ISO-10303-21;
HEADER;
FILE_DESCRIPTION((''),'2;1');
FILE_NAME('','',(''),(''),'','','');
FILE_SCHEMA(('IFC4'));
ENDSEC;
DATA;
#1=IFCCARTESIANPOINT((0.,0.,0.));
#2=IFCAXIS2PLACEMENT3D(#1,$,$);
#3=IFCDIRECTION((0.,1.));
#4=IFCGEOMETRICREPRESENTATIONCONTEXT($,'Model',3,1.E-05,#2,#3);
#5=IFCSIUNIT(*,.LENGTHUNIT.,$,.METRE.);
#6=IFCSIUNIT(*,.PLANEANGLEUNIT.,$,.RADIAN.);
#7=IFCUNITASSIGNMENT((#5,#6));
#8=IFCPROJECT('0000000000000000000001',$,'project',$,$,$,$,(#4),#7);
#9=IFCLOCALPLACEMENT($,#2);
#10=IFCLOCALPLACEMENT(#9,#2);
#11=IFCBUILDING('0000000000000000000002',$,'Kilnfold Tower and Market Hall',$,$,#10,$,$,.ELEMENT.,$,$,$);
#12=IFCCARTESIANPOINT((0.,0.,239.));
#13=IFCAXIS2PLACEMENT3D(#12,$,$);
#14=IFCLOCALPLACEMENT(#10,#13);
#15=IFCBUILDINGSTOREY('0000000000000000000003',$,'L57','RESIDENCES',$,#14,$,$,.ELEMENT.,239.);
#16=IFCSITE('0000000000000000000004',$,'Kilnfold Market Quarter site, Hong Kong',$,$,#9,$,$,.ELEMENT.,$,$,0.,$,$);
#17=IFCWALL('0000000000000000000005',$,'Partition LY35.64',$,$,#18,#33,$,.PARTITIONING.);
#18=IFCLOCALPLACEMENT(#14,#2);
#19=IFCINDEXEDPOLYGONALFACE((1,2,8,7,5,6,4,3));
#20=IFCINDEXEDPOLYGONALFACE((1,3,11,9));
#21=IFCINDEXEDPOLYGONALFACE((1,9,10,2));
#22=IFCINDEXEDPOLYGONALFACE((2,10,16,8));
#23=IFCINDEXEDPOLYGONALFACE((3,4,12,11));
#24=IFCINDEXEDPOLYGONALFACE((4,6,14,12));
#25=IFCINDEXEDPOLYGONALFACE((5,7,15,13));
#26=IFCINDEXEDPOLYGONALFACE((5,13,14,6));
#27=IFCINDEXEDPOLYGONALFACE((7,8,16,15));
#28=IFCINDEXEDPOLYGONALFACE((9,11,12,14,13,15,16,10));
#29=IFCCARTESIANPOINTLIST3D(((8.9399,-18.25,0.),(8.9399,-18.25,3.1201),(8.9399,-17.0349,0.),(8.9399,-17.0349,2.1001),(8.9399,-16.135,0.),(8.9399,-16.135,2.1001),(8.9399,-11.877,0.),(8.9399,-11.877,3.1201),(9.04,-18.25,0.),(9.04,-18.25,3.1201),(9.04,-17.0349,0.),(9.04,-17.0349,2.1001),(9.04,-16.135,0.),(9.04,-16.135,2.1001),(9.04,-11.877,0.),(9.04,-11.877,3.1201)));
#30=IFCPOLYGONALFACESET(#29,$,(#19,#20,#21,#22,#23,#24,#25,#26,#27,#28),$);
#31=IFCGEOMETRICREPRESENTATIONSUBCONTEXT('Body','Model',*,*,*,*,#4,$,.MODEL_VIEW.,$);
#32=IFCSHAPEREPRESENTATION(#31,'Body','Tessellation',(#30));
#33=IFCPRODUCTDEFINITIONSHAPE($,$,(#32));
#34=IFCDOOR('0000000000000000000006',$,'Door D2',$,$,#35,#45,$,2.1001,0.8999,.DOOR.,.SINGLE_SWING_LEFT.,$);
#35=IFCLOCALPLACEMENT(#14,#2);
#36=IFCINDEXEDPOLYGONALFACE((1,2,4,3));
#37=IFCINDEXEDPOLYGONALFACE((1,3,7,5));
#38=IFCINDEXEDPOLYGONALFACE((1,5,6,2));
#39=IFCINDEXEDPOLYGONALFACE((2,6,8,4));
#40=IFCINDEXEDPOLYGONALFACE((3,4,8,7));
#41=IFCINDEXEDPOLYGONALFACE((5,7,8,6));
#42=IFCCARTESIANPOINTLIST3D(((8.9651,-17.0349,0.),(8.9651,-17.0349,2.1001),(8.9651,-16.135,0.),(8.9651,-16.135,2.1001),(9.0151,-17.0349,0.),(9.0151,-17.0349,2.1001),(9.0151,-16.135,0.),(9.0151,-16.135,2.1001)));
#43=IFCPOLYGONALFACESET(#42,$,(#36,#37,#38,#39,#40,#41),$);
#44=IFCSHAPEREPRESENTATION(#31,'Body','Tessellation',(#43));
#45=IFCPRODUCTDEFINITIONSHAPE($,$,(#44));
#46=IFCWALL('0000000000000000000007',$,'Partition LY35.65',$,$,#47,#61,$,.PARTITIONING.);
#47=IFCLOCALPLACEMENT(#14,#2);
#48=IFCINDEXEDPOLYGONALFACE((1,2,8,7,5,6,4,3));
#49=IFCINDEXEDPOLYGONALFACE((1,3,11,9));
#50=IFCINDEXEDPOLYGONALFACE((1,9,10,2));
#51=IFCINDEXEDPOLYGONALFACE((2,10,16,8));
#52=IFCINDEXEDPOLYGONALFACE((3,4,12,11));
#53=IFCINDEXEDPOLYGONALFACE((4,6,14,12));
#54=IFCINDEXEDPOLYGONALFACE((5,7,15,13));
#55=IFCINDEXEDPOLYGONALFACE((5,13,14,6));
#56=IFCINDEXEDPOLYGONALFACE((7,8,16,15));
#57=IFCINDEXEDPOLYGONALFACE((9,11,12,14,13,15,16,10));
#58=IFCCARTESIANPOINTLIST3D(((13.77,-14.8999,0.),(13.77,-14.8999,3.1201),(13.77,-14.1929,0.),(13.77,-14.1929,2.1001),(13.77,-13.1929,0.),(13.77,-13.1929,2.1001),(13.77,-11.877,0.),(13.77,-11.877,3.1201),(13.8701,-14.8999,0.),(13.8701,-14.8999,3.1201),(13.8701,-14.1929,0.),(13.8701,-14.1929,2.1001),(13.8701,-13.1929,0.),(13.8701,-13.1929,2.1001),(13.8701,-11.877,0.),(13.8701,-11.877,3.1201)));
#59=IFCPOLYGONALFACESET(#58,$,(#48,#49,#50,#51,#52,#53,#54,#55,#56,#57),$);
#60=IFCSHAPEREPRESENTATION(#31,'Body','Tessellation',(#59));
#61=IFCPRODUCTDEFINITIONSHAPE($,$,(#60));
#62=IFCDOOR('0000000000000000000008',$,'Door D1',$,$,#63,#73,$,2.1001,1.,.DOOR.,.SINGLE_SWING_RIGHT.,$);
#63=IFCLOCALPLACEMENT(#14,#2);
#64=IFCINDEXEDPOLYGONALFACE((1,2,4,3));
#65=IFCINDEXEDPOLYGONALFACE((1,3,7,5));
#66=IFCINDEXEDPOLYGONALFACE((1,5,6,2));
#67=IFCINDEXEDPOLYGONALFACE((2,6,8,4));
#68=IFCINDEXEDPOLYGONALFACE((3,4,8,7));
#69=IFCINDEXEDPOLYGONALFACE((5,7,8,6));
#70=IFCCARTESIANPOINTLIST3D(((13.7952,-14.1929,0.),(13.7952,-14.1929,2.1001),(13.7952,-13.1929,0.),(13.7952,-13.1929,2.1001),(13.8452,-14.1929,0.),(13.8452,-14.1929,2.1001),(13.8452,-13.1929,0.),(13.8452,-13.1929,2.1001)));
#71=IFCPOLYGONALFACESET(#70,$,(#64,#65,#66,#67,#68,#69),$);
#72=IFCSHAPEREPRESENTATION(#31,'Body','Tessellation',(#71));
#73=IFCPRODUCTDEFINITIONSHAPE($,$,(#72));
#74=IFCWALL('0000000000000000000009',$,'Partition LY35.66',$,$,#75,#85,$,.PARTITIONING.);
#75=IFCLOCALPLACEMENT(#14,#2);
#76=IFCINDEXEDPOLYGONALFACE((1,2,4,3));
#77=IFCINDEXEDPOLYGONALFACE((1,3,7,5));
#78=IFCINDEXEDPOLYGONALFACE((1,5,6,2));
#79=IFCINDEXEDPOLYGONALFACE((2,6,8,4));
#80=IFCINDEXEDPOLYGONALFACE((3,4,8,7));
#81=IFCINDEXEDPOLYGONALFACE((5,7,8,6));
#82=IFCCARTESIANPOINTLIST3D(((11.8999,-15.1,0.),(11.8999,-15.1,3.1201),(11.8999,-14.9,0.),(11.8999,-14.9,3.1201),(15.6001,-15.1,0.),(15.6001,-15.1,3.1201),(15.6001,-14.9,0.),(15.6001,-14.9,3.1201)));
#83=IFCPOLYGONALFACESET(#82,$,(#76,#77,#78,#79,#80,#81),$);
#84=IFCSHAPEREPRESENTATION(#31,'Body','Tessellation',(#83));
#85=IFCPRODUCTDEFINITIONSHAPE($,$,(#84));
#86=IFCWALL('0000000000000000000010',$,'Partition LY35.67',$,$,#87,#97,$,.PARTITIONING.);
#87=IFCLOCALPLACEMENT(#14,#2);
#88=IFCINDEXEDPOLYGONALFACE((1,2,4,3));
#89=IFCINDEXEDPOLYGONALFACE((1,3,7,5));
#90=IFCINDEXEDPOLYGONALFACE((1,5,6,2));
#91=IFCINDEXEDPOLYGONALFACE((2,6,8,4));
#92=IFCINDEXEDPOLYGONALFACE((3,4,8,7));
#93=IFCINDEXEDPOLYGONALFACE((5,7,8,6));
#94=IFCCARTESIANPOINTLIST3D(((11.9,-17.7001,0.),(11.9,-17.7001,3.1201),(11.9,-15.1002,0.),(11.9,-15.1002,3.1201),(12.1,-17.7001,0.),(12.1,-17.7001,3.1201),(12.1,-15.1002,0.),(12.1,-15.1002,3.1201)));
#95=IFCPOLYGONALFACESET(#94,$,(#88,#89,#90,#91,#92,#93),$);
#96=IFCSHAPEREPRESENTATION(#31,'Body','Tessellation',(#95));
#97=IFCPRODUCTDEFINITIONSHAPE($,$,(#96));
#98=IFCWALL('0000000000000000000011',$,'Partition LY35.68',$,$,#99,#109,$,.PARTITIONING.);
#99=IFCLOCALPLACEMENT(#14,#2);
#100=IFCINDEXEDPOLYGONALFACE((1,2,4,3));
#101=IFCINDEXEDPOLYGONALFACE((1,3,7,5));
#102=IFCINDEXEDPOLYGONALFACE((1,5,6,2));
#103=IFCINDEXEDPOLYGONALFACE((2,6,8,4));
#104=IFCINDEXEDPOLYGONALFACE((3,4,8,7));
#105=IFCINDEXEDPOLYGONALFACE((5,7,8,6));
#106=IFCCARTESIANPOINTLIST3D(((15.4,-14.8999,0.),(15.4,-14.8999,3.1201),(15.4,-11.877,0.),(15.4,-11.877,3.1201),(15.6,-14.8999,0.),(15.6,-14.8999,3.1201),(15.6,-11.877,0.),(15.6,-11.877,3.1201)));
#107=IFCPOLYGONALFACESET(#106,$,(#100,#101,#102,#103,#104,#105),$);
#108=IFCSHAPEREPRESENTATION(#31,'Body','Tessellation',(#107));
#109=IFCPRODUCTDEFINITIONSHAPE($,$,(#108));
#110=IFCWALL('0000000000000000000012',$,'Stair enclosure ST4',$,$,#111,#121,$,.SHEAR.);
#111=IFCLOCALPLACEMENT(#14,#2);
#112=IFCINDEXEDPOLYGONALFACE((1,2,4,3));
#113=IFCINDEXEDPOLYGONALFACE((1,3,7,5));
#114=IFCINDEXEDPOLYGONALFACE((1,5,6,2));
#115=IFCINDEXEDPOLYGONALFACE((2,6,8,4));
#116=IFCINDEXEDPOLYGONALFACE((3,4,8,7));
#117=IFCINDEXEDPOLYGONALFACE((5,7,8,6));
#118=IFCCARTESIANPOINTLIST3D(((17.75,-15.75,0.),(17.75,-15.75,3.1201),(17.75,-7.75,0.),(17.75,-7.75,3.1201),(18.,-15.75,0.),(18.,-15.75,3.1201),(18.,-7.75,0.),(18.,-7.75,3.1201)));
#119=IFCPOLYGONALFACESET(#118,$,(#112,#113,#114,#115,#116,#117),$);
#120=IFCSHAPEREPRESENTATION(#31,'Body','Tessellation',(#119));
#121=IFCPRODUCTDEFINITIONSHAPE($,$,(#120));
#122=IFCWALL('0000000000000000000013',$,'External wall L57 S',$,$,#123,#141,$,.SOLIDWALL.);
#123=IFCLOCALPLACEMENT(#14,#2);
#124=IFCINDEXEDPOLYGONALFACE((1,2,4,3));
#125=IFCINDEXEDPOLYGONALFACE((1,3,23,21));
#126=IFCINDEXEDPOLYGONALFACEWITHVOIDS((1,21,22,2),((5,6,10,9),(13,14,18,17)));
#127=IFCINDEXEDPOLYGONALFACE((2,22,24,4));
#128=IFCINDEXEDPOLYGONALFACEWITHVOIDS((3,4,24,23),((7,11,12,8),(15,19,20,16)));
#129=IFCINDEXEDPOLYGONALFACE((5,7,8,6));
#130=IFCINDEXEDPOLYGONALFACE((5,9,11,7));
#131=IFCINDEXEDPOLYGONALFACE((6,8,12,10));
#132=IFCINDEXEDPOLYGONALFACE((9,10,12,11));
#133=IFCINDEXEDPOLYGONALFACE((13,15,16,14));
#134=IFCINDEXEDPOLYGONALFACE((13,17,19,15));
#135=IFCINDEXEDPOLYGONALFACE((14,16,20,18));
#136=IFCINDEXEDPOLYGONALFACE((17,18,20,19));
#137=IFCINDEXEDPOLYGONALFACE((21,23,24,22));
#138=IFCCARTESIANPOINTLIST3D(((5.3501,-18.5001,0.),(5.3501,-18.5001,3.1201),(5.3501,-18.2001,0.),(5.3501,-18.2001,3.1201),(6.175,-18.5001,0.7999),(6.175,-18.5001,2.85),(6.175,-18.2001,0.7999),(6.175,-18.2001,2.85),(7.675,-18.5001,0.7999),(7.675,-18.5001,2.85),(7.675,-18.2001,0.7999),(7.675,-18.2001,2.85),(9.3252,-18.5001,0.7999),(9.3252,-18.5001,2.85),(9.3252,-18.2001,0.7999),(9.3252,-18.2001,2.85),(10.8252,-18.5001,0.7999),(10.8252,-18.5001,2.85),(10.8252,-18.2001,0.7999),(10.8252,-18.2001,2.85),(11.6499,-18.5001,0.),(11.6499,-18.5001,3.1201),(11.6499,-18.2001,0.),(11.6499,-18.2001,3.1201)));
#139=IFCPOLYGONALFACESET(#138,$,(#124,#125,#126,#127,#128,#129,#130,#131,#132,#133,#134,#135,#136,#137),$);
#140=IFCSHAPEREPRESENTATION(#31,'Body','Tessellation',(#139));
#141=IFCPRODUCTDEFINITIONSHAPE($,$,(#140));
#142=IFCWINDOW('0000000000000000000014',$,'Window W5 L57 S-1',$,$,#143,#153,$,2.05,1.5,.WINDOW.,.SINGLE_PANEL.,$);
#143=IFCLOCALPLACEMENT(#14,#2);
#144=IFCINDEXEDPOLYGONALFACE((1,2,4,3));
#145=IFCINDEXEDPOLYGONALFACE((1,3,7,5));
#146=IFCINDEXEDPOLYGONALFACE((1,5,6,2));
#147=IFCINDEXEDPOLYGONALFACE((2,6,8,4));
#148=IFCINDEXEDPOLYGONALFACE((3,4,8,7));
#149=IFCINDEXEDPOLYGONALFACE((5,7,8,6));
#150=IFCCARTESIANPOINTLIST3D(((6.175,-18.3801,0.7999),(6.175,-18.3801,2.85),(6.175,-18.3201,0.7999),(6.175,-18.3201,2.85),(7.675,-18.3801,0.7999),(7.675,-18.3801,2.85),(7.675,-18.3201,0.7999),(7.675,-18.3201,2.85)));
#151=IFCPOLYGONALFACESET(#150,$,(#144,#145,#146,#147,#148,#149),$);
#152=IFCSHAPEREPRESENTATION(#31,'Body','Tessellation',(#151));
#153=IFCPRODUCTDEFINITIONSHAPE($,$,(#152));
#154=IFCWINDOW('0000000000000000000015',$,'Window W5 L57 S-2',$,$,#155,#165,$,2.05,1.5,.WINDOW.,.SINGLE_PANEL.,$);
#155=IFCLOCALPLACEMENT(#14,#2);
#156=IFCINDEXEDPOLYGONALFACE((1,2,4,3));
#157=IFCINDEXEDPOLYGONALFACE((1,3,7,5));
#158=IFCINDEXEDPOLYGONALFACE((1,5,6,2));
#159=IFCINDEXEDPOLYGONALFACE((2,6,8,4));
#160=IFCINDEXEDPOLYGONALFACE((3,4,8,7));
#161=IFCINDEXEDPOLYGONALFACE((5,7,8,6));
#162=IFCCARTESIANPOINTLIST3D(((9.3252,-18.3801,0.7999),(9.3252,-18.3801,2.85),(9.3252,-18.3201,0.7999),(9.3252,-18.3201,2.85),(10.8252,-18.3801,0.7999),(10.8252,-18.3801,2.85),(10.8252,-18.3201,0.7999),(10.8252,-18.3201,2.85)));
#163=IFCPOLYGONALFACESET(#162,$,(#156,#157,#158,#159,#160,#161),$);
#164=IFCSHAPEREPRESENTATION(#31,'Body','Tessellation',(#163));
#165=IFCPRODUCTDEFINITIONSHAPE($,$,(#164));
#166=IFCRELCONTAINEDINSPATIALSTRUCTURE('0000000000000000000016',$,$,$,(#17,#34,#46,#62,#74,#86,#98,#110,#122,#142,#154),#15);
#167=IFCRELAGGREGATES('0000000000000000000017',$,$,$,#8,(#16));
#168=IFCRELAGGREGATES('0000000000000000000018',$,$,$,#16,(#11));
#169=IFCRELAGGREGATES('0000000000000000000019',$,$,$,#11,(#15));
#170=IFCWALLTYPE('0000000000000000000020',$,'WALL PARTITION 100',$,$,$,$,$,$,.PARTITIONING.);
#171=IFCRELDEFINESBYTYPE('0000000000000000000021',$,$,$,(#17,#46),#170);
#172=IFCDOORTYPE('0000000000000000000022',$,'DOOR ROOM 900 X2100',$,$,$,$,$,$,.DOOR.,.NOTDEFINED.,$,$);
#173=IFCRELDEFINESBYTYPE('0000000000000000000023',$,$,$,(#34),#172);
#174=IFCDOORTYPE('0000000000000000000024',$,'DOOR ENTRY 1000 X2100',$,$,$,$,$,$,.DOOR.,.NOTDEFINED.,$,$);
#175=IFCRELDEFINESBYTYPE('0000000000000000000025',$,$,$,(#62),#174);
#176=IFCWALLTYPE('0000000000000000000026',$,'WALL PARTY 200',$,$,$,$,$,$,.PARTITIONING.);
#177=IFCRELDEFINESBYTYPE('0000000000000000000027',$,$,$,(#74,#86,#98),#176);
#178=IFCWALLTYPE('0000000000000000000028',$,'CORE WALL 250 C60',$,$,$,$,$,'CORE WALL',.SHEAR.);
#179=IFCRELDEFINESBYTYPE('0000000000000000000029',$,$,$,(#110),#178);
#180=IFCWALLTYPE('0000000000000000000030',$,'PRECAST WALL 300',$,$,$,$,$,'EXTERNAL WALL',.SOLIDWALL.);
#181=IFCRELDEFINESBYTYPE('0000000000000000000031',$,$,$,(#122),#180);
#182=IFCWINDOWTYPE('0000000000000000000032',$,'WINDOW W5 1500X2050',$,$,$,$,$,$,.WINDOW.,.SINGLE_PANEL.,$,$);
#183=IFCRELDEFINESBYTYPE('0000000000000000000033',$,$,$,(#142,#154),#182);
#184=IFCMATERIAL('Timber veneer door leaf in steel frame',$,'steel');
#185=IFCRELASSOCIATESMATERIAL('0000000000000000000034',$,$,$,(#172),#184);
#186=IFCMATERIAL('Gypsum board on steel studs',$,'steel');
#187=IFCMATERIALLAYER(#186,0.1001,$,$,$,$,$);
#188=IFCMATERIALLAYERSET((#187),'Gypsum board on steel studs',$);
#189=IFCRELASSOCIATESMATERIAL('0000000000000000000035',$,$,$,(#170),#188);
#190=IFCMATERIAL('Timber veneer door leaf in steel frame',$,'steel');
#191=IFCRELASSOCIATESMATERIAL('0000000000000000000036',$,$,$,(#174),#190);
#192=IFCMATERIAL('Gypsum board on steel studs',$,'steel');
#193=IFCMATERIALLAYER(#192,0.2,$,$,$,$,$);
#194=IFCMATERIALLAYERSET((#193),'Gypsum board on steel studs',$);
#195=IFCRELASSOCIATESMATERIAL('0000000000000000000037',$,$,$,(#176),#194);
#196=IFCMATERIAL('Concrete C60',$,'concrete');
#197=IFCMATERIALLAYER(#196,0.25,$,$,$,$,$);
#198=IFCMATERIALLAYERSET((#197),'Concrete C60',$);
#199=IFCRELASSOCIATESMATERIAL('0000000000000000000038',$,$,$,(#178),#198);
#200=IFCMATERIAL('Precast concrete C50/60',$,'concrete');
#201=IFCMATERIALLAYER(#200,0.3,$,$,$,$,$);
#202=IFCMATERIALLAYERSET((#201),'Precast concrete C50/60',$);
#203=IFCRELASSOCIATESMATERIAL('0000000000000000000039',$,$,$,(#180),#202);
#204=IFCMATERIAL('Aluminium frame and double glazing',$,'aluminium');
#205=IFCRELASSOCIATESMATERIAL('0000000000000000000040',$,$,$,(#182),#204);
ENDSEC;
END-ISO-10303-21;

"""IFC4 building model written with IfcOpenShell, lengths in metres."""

from ifc_helpers import new_model, si_unit, direction, frame, frame_2d, origin, place, context, subcontext, project, spatial, rectangle, extrude, source, transform, mapped, material, layer, layer_set, type_object, element, fill, save


model = new_model("IFC4")

# Units and contexts
model_context = context("Model", 3, precision=1e-05, world=origin(), true_north=direction((0.0, 1.0)))
body_context = subcontext(model_context, "Body", "Model", "MODEL_VIEW")
ifc_project = project(units=[si_unit("LENGTHUNIT", "METRE"), si_unit("PLANEANGLEUNIT", "RADIAN")], contexts=[model_context])

# Site, building, storey
site_placement = place(None, origin())
site = spatial("IfcSite", under=ifc_project, at=site_placement, Name="Kilnfold Market Quarter site, Hong Kong", CompositionType="ELEMENT", RefElevation=0.0)
building_placement = place(site_placement, origin())
building = spatial("IfcBuilding", under=site, at=building_placement, Name="Kilnfold Tower and Market Hall", CompositionType="ELEMENT")
storey_placement = place(building_placement, frame((0.0, 0.0, 239.0)))
storey = spatial("IfcBuildingStorey", under=building, at=storey_placement, Name="L57", Description="RESIDENCES", CompositionType="ELEMENT", Elevation=239.0)

# Shared definitions
ifc_material_1 = material(Name="Timber veneer door leaf in steel frame", Category="steel")
door_type_1 = type_object("IfcDoorType", Name="DOOR ROOM 900 X2100", OperationType="NOTDEFINED", PredefinedType="DOOR", material=ifc_material_1)

# Walls, openings, doors
ifc_material_2 = material(Name="Gypsum board on steel studs", Category="steel")
ifc_layer_1 = layer(ifc_material_2, 0.1001)
ifc_layer_set_1 = layer_set([ifc_layer_1], Name="Gypsum board on steel studs")
wall_type_1 = type_object("IfcWallType", Name="WALL PARTITION 100", PredefinedType="PARTITIONING", material=ifc_layer_set_1)
ifc_material_3 = material(Name="Timber veneer door leaf in steel frame", Category="steel")
door_type_2 = type_object("IfcDoorType", Name="DOOR ENTRY 1000 X2100", OperationType="NOTDEFINED", PredefinedType="DOOR", material=ifc_material_3)
wall_1_placement = place(storey_placement, frame((8.99, -18.25, 0.0), z_axis=(0.0, 0.0, 1.0), x_axis=(0.0, 1.0, 0.0)))
wall_1 = element("IfcWall", 1, at=wall_1_placement, inside=storey, type_object=wall_type_1, Name="Partition LY35.64", PredefinedType="PARTITIONING", context=body_context, shape_type="SweptSolid", body=[
    extrude(rectangle(XDim=6.373, YDim=0.1001, at=frame_2d((3.1865, 0.0))), origin(), (0.0, 0.0, 1.0), 3.1201),
])
opening_1_placement = place(wall_1_placement, frame((1.2151, 0.0, 0.0)))
opening_1 = element("IfcOpeningElement", 2, at=opening_1_placement, cuts=wall_1, PredefinedType="OPENING", context=body_context, shape_type="SweptSolid", body=[
    extrude(rectangle(XDim=0.8999, YDim=2.1001, at=frame_2d((0.45, 1.05))), frame((0.0, 0.0601, 0.0), z_axis=(0.0, -1.0, 0.0), x_axis=(1.0, 0.0, 0.0)), (0.0, 0.0, 1.0), 0.1201),
])
door_1_placement = place(opening_1_placement, origin())
door_1 = element("IfcDoor", 3, at=door_1_placement, inside=storey, type_object=door_type_1, Name="Door D2", OperationType="SINGLE_SWING_LEFT", OverallHeight=2.1001, OverallWidth=0.8999, PredefinedType="DOOR", context=body_context, shape_type="SweptSolid", body=[
    extrude(rectangle(XDim=0.8999, YDim=2.1001, at=frame_2d((0.45, 1.05))), frame((0.0, 0.0249, 0.0), z_axis=(0.0, -1.0, 0.0), x_axis=(1.0, 0.0, 0.0)), (0.0, 0.0, 1.0), 0.05),
])
fill(opening_1, door_1)
wall_2_placement = place(storey_placement, frame((13.8201, -14.8999, 0.0), z_axis=(0.0, 0.0, 1.0), x_axis=(0.0, 1.0, 0.0)))
wall_2 = element("IfcWall", 4, at=wall_2_placement, inside=storey, type_object=wall_type_1, Name="Partition LY35.65", PredefinedType="PARTITIONING", context=body_context, shape_type="SweptSolid", body=[
    extrude(rectangle(XDim=3.0229, YDim=0.1001, at=frame_2d((1.5115, 0.0))), origin(), (0.0, 0.0, 1.0), 3.1201),
])
opening_2_placement = place(wall_2_placement, frame((0.707, 0.0, 0.0)))
opening_2 = element("IfcOpeningElement", 5, at=opening_2_placement, cuts=wall_2, PredefinedType="OPENING", context=body_context, shape_type="SweptSolid", body=[
    extrude(rectangle(XDim=1.0, YDim=2.1001, at=frame_2d((0.5, 1.05))), frame((0.0, 0.0601, 0.0), z_axis=(0.0, -1.0, 0.0), x_axis=(1.0, 0.0, 0.0)), (0.0, 0.0, 1.0), 0.1201),
])
door_2_placement = place(opening_2_placement, origin())
door_2 = element("IfcDoor", 6, at=door_2_placement, inside=storey, type_object=door_type_2, Name="Door D1", OperationType="SINGLE_SWING_RIGHT", OverallHeight=2.1001, OverallWidth=1.0, PredefinedType="DOOR", context=body_context, shape_type="SweptSolid", body=[
    extrude(rectangle(XDim=1.0, YDim=2.1001, at=frame_2d((0.5, 1.05))), frame((0.0, 0.0249, 0.0), z_axis=(0.0, -1.0, 0.0), x_axis=(1.0, 0.0, 0.0)), (0.0, 0.0, 1.0), 0.05),
])
fill(opening_2, door_2)

# Walls
ifc_material_4 = material(Name="Gypsum board on steel studs", Category="steel")
ifc_layer_2 = layer(ifc_material_4, 0.2)
ifc_layer_set_2 = layer_set([ifc_layer_2], Name="Gypsum board on steel studs")
wall_type_2 = type_object("IfcWallType", Name="WALL PARTY 200", PredefinedType="PARTITIONING", material=ifc_layer_set_2)
wall_3_placement = place(storey_placement, frame((11.8999, -15.0, 0.0), z_axis=(0.0, 0.0, 1.0), x_axis=(1.0, 0.0, 0.0)))
element("IfcWall", 7, at=wall_3_placement, inside=storey, type_object=wall_type_2, Name="Partition LY35.66", PredefinedType="PARTITIONING", context=body_context, shape_type="SweptSolid", body=[
    extrude(rectangle(XDim=3.7002, YDim=0.2, at=frame_2d((1.8501, 0.0))), origin(), (0.0, 0.0, 1.0), 3.1201),
])
wall_4_placement = place(storey_placement, frame((12.0, -17.7, 0.0), z_axis=(0.0, 0.0, 1.0), x_axis=(0.0, 1.0, 0.0)))
element("IfcWall", 8, at=wall_4_placement, inside=storey, type_object=wall_type_2, Name="Partition LY35.67", PredefinedType="PARTITIONING", context=body_context, shape_type="SweptSolid", body=[
    extrude(rectangle(XDim=2.5999, YDim=0.2, at=frame_2d((1.2998, 0.0))), origin(), (0.0, 0.0, 1.0), 3.1201),
])
wall_5_placement = place(storey_placement, frame((15.5, -14.8999, 0.0), z_axis=(0.0, 0.0, 1.0), x_axis=(0.0, 1.0, 0.0)))
element("IfcWall", 9, at=wall_5_placement, inside=storey, type_object=wall_type_2, Name="Partition LY35.68", PredefinedType="PARTITIONING", context=body_context, shape_type="SweptSolid", body=[
    extrude(rectangle(XDim=3.0229, YDim=0.2, at=frame_2d((1.5115, 0.0))), origin(), (0.0, 0.0, 1.0), 3.1201),
])
ifc_material_5 = material(Name="Concrete C60", Category="concrete")
ifc_layer_3 = layer(ifc_material_5, 0.25)
ifc_layer_set_3 = layer_set([ifc_layer_3], Name="Concrete C60")
wall_type_3 = type_object("IfcWallType", Name="CORE WALL 250 C60", ElementType="CORE WALL", PredefinedType="SHEAR", material=ifc_layer_set_3)
shared_shape_1 = source(origin(), body_context, "Body", "SweptSolid", [
    extrude(rectangle(XDim=8.0, YDim=0.25, at=frame_2d((4.0, 0.0))), origin(), (0.0, 0.0, 1.0), 3.1201),
])
wall_6_placement = place(storey_placement, frame((17.875, -15.75, 0.0), z_axis=(0.0, 0.0, 1.0), x_axis=(0.0, 1.0, 0.0)))
element("IfcWall", 10, at=wall_6_placement, inside=storey, type_object=wall_type_3, Name="Stair enclosure ST4", PredefinedType="SHEAR", context=body_context, shape_type="MappedRepresentation", body=[
    mapped(shared_shape_1, transform((0.0, 0.0, 0.0))),
])

# Wall, openings, windows
ifc_material_6 = material(Name="Precast concrete C50/60", Category="concrete")
ifc_layer_4 = layer(ifc_material_6, 0.3)
ifc_layer_set_4 = layer_set([ifc_layer_4], Name="Precast concrete C50/60")
wall_type_4 = type_object("IfcWallType", Name="PRECAST WALL 300", ElementType="EXTERNAL WALL", PredefinedType="SOLIDWALL", material=ifc_layer_set_4)
shared_shape_2 = source(origin(), body_context, "Body", "SweptSolid", [
    extrude(rectangle(XDim=6.2998, YDim=0.3, at=frame_2d((3.1499, 0.0))), origin(), (0.0, 0.0, 1.0), 3.1201),
])
wall_7_placement = place(storey_placement, frame((5.3501, -18.3501, 0.0), z_axis=(0.0, 0.0, 1.0), x_axis=(1.0, 0.0, 0.0)))
wall_7 = element("IfcWall", 11, at=wall_7_placement, inside=storey, type_object=wall_type_4, Name="External wall L57 S", PredefinedType="SOLIDWALL", context=body_context, shape_type="MappedRepresentation", body=[
    mapped(shared_shape_2, transform((0.0, 0.0, 0.0))),
])
opening_3_placement = place(wall_7_placement, frame((0.825, 0.0, 0.8)))
opening_3 = element("IfcOpeningElement", 12, at=opening_3_placement, cuts=wall_7, PredefinedType="OPENING", context=body_context, shape_type="SweptSolid", body=[
    extrude(rectangle(XDim=1.5, YDim=2.05, at=frame_2d((0.75, 1.0249))), frame((0.0, 0.1602, 0.0), z_axis=(0.0, -1.0, 0.0), x_axis=(1.0, 0.0, 0.0)), (0.0, 0.0, 1.0), 0.3201),
])
opening_4_placement = place(wall_7_placement, frame((3.9751, 0.0, 0.8)))
opening_4 = element("IfcOpeningElement", 13, at=opening_4_placement, cuts=wall_7, PredefinedType="OPENING", context=body_context, shape_type="SweptSolid", body=[
    extrude(rectangle(XDim=1.5, YDim=2.05, at=frame_2d((0.75, 1.0249))), frame((0.0, 0.1602, 0.0), z_axis=(0.0, -1.0, 0.0), x_axis=(1.0, 0.0, 0.0)), (0.0, 0.0, 1.0), 0.3201),
])
ifc_material_7 = material(Name="Aluminium frame and double glazing", Category="aluminium")
window_type = type_object("IfcWindowType", Name="WINDOW W5 1500X2050", PartitioningType="SINGLE_PANEL", PredefinedType="WINDOW", material=ifc_material_7)
window_1_placement = place(opening_3_placement, origin())
window_1 = element("IfcWindow", 14, at=window_1_placement, inside=storey, type_object=window_type, Name="Window W5 L57 S-1", OverallHeight=2.05, OverallWidth=1.5, PartitioningType="SINGLE_PANEL", PredefinedType="WINDOW", context=body_context, shape_type="SweptSolid", body=[
    extrude(rectangle(XDim=1.5, YDim=2.05, at=frame_2d((0.75, 1.0249))), frame((0.0, 0.03, 0.0), z_axis=(0.0, -1.0, 0.0), x_axis=(1.0, 0.0, 0.0)), (0.0, 0.0, 1.0), 0.0601),
])
fill(opening_3, window_1)
window_2_placement = place(opening_4_placement, origin())
window_2 = element("IfcWindow", 15, at=window_2_placement, inside=storey, type_object=window_type, Name="Window W5 L57 S-2", OverallHeight=2.05, OverallWidth=1.5, PartitioningType="SINGLE_PANEL", PredefinedType="WINDOW", context=body_context, shape_type="SweptSolid", body=[
    extrude(rectangle(XDim=1.5, YDim=2.05, at=frame_2d((0.75, 1.0249))), frame((0.0, 0.03, 0.0), z_axis=(0.0, -1.0, 0.0), x_axis=(1.0, 0.0, 0.0)), (0.0, 0.0, 1.0), 0.0601),
])
fill(opening_4, window_2)

save(model, "model.ifc")
